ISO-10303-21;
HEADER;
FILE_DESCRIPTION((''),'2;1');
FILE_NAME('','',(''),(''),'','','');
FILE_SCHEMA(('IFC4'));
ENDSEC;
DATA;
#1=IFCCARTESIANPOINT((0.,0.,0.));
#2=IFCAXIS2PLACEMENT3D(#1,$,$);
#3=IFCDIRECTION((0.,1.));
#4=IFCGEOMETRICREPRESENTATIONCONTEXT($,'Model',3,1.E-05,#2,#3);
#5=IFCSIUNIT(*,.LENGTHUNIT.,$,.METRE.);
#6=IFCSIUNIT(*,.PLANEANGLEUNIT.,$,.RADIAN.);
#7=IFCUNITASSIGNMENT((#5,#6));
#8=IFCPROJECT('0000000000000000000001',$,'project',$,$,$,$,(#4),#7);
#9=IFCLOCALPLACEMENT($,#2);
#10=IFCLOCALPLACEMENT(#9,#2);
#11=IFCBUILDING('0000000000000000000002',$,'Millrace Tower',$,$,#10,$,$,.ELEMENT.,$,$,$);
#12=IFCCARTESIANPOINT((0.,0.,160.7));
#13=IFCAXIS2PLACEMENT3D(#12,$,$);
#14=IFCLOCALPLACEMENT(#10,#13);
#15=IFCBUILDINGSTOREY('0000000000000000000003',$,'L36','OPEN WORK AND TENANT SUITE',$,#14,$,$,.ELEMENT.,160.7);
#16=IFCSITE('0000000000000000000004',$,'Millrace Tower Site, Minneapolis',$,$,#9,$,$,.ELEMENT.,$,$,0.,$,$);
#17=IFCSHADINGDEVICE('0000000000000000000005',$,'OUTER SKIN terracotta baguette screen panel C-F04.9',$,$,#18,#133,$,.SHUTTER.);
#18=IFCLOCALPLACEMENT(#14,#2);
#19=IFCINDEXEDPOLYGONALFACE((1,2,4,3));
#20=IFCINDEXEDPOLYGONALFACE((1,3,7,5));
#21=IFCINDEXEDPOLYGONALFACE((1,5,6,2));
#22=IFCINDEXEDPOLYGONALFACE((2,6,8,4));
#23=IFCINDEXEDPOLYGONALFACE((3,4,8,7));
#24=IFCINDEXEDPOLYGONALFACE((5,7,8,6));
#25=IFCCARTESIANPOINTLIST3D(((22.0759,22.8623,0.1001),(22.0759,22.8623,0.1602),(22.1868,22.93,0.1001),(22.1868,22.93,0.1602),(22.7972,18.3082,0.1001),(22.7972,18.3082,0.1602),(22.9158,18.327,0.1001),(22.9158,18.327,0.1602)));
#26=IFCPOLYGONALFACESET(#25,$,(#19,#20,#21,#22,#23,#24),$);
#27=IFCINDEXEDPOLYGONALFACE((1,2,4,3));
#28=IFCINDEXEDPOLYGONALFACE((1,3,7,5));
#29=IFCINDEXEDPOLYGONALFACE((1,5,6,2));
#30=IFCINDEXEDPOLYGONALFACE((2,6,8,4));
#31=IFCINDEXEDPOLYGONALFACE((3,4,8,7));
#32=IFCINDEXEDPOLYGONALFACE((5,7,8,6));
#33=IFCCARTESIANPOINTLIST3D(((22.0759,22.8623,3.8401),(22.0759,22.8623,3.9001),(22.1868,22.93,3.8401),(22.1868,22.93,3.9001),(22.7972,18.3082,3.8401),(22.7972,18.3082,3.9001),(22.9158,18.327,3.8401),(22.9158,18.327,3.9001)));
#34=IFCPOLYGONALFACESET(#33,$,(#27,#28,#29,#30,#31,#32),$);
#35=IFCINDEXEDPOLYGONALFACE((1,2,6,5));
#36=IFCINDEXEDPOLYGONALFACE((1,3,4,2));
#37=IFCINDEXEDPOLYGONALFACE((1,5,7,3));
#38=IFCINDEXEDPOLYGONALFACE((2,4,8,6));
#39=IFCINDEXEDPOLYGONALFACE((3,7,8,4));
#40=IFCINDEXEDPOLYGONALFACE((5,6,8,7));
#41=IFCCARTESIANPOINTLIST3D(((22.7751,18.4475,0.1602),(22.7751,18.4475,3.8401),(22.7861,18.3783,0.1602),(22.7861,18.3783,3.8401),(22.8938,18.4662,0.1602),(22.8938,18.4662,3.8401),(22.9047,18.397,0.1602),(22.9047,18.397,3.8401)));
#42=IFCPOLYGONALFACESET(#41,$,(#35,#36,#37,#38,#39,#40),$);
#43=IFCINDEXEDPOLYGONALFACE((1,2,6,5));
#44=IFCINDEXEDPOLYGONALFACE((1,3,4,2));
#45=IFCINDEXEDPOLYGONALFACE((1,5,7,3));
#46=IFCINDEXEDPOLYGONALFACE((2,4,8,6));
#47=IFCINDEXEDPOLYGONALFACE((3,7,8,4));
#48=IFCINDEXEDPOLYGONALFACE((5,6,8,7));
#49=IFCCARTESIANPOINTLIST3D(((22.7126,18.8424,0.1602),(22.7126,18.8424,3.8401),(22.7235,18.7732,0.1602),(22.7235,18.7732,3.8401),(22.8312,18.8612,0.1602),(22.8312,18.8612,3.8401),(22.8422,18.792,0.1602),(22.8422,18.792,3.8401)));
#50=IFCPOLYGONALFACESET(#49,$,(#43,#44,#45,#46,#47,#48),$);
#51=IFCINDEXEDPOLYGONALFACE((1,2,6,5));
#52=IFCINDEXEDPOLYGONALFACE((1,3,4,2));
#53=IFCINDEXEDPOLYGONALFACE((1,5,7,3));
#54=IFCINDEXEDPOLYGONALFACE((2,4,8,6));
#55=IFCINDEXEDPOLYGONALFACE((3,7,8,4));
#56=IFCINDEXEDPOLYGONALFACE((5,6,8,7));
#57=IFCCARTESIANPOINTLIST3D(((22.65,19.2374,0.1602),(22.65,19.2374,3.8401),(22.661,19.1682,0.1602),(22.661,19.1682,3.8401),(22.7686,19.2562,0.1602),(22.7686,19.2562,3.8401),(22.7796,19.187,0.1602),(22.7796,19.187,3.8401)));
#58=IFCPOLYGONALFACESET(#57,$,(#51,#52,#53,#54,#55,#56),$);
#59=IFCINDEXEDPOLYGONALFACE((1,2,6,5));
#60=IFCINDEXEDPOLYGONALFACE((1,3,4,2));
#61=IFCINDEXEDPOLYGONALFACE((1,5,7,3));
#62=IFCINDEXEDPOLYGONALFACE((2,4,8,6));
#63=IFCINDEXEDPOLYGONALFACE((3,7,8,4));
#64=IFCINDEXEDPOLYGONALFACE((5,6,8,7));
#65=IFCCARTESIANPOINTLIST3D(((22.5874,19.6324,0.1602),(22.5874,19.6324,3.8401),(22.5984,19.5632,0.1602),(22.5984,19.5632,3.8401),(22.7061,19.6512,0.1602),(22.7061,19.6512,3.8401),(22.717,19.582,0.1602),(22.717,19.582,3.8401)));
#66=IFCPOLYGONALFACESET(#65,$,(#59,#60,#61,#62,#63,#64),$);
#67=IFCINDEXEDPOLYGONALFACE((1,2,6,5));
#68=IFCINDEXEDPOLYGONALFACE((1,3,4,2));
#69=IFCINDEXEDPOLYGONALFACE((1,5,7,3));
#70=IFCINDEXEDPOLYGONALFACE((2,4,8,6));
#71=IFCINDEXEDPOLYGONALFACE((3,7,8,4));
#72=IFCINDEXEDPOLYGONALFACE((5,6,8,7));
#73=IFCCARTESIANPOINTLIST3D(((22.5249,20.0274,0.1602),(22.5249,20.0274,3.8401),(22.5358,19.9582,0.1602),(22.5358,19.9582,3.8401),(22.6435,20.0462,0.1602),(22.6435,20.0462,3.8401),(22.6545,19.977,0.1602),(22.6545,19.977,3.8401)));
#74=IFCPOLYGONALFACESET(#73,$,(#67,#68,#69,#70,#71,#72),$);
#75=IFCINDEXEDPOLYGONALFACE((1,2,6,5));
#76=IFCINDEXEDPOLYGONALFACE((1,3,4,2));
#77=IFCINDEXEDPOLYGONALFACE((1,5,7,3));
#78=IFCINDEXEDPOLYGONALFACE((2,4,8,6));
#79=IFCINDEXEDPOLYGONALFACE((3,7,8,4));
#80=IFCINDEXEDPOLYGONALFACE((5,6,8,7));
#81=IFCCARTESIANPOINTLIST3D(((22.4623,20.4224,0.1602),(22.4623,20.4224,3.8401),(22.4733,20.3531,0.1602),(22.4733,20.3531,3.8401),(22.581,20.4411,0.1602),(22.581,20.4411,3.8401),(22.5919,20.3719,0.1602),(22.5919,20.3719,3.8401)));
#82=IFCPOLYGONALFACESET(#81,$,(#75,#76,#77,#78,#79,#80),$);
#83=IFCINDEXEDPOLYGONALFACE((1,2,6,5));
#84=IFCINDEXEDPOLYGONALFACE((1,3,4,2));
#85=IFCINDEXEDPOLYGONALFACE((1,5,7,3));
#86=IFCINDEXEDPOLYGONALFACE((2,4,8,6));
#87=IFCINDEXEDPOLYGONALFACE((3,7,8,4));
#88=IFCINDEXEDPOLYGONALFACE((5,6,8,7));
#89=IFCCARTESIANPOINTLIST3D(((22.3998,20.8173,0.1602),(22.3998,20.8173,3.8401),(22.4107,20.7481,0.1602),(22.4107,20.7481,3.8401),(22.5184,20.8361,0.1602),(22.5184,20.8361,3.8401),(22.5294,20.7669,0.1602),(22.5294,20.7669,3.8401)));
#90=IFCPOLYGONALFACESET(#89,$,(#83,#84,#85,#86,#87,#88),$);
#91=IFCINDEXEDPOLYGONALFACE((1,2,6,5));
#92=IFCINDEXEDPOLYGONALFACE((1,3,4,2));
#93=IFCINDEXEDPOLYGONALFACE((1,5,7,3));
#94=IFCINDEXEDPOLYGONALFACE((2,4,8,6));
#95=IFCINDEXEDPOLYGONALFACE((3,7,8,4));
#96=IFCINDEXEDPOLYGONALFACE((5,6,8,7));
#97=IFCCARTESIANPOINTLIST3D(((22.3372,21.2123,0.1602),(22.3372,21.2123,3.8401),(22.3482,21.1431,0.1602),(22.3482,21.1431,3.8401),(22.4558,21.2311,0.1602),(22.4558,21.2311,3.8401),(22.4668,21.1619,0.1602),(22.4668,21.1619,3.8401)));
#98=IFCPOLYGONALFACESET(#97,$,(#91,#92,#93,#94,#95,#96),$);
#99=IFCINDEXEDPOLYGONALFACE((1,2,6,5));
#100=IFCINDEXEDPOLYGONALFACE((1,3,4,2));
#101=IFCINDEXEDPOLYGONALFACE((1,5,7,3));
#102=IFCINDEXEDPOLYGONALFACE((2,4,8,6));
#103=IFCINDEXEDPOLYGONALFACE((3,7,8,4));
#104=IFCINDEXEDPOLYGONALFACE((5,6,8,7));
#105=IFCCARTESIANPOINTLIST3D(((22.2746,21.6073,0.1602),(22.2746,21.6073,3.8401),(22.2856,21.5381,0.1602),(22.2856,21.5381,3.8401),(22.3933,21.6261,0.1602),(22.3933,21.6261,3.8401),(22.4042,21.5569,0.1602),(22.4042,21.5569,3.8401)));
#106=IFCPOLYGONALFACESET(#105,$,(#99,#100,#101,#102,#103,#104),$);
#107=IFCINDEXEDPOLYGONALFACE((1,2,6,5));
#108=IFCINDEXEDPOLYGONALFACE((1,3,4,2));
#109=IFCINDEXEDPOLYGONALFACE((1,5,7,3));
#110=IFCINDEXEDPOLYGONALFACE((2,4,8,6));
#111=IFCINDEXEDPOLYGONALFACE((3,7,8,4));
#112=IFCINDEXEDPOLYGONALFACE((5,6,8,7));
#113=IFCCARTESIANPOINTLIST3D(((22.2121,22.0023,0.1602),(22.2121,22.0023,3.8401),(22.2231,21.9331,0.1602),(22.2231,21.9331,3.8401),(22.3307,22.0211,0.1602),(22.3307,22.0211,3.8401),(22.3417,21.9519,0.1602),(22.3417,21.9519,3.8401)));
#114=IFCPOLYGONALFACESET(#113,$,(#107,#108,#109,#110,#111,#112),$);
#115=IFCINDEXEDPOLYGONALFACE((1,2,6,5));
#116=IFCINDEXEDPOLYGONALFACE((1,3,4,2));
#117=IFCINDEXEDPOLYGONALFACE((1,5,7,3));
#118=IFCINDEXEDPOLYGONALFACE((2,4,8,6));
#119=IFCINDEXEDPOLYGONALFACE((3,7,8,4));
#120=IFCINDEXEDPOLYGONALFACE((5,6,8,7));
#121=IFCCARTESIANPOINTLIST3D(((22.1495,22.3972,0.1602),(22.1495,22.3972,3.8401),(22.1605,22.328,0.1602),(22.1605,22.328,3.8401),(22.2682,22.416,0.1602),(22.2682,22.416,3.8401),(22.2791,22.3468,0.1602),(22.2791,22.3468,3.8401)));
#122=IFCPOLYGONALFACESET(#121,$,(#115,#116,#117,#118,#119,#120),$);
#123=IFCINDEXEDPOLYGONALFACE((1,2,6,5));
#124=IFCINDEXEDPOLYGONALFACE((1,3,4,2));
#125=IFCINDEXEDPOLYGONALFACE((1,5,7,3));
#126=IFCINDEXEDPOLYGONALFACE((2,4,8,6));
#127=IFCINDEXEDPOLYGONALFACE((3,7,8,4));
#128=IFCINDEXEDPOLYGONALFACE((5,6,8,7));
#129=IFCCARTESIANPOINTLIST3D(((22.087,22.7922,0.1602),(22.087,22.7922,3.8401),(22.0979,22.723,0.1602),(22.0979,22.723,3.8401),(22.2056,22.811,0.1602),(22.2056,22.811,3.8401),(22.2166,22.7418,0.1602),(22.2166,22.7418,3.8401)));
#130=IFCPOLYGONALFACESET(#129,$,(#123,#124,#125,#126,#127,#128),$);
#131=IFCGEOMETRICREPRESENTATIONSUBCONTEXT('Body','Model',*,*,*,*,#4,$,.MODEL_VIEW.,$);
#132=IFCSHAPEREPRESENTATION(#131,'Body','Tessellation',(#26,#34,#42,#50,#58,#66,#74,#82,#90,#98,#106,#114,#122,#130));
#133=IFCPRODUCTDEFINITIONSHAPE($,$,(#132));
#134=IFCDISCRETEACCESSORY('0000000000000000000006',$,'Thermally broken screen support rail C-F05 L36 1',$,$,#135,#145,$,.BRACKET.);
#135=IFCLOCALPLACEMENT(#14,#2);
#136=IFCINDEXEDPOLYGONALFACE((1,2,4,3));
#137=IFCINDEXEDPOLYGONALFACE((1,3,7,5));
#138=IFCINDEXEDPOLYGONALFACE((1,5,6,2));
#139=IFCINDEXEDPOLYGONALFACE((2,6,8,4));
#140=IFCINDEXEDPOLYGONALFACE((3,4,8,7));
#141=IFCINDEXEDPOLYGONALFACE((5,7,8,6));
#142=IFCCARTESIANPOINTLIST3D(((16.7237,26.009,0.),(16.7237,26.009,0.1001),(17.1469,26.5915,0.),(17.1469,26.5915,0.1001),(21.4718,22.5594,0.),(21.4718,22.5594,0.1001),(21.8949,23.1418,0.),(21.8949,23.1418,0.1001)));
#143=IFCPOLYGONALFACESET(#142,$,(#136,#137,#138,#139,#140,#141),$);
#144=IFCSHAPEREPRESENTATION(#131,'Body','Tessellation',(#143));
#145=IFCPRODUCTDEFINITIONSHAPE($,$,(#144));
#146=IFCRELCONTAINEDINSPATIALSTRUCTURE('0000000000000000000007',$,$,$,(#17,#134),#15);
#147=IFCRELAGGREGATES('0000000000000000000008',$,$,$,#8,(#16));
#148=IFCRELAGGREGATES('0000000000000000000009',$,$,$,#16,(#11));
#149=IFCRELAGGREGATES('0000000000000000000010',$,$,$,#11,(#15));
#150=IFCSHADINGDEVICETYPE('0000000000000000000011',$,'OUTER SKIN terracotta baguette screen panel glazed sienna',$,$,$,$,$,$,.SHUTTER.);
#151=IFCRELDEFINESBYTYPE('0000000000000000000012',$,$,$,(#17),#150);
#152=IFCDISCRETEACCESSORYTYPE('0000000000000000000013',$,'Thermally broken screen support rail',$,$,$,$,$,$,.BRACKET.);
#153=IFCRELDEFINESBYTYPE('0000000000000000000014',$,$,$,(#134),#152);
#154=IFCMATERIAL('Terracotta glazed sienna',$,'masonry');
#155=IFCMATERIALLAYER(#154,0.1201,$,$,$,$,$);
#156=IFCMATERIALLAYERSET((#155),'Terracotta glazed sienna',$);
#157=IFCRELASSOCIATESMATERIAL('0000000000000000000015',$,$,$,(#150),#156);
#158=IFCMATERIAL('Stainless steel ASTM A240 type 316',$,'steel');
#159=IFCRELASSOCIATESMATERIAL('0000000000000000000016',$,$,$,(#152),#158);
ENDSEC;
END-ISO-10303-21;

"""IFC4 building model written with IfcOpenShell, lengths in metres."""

from ifc_helpers import new_model, entity, si_unit, direction, frame, frame_2d, origin, origin_2d, place, context, subcontext, project, spatial, rectangle, extrude, source, transform, mapped, material, layer, layer_set, type_object, element, save


model = new_model("IFC4")

# Units and contexts
model_context = context("Model", 3, precision=1e-05, world=origin(), true_north=direction((0.0, 1.0)))
body_context = subcontext(model_context, "Body", "Model", "MODEL_VIEW")
ifc_project = project(units=[si_unit("LENGTHUNIT", "METRE"), si_unit("PLANEANGLEUNIT", "RADIAN")], contexts=[model_context])

# Site, building, storey
site_placement = place(None, origin())
site = spatial("IfcSite", under=ifc_project, at=site_placement, Name="Millrace Tower Site, Minneapolis", CompositionType="ELEMENT", RefElevation=0.0)
building_placement = place(site_placement, origin())
building = spatial("IfcBuilding", under=site, at=building_placement, Name="Millrace Tower", CompositionType="ELEMENT")
storey_placement = place(building_placement, frame((0.0, 0.0, 160.7)))
storey = spatial("IfcBuildingStorey", under=building, at=storey_placement, Name="L36", Description="OPEN WORK AND TENANT SUITE", CompositionType="ELEMENT", Elevation=160.7)

# Shading device
ifc_material_1 = material(Name="Terracotta glazed sienna", Category="masonry")
ifc_layer_1 = layer(ifc_material_1, 0.1201)
ifc_layer_set_1 = layer_set([ifc_layer_1], Name="Terracotta glazed sienna")
shading_device_type = type_object("IfcShadingDeviceType", Name="OUTER SKIN terracotta baguette screen panel glazed sienna", PredefinedType="SHUTTER", material=ifc_layer_set_1)
cartesian_point_1 = entity("IfcCartesianPoint", [-2.3179, 0.0601])
shared_polyline_1 = entity("IfcPolyline", [cartesian_point_1, entity("IfcCartesianPoint", [2.293, 0.0601]), entity("IfcCartesianPoint", [2.3425, -0.0601]), entity("IfcCartesianPoint", [-2.3179, -0.0601]), cartesian_point_1])
shared_shape_1 = source(origin(), body_context, "Body", "SweptSolid", [
    entity("IfcExtrudedAreaSolid", entity("IfcArbitraryClosedProfileDef", "AREA", None, shared_polyline_1), entity("IfcAxis2Placement3D", entity("IfcCartesianPoint", [0.0, 0.0, 0.0])), entity("IfcDirection", [0.0, 0.0, 1.0]), 0.0601),
    entity("IfcExtrudedAreaSolid", entity("IfcArbitraryClosedProfileDef", "AREA", None, shared_polyline_1), entity("IfcAxis2Placement3D", entity("IfcCartesianPoint", [0.0, 0.0, 3.74])), entity("IfcDirection", [0.0, 0.0, 1.0]), 0.0601),
    extrude(rectangle(XDim=0.0701, YDim=0.1201, at=frame_2d((-2.2119, 0.0))), frame((0.0, 0.0, 0.0601)), (0.0, 0.0, 1.0), 3.6799),
    extrude(rectangle(XDim=0.0701, YDim=0.1201, at=frame_2d((-1.812, 0.0))), frame((0.0, 0.0, 0.0601)), (0.0, 0.0, 1.0), 3.6799),
    extrude(rectangle(XDim=0.0701, YDim=0.1201, at=frame_2d((-1.4121, 0.0))), frame((0.0, 0.0, 0.0601)), (0.0, 0.0, 1.0), 3.6799),
    extrude(rectangle(XDim=0.0701, YDim=0.1201, at=frame_2d((-1.0122, 0.0))), frame((0.0, 0.0, 0.0601)), (0.0, 0.0, 1.0), 3.6799),
    extrude(rectangle(XDim=0.0701, YDim=0.1201, at=frame_2d((-0.6123, 0.0))), frame((0.0, 0.0, 0.0601)), (0.0, 0.0, 1.0), 3.6799),
    extrude(rectangle(XDim=0.0701, YDim=0.1201, at=frame_2d((-0.2124, 0.0))), frame((0.0, 0.0, 0.0601)), (0.0, 0.0, 1.0), 3.6799),
    extrude(rectangle(XDim=0.0701, YDim=0.1201, at=frame_2d((0.1875, 0.0))), frame((0.0, 0.0, 0.0601)), (0.0, 0.0, 1.0), 3.6799),
    extrude(rectangle(XDim=0.0701, YDim=0.1201, at=frame_2d((0.5874, 0.0))), frame((0.0, 0.0, 0.0601)), (0.0, 0.0, 1.0), 3.6799),
    extrude(rectangle(XDim=0.0701, YDim=0.1201, at=frame_2d((0.9873, 0.0))), frame((0.0, 0.0, 0.0601)), (0.0, 0.0, 1.0), 3.6799),
    extrude(rectangle(XDim=0.0701, YDim=0.1201, at=frame_2d((1.3872, 0.0))), frame((0.0, 0.0, 0.0601)), (0.0, 0.0, 1.0), 3.6799),
    extrude(rectangle(XDim=0.0701, YDim=0.1201, at=frame_2d((1.7871, 0.0))), frame((0.0, 0.0, 0.0601)), (0.0, 0.0, 1.0), 3.6799),
    extrude(rectangle(XDim=0.0701, YDim=0.1201, at=frame_2d((2.187, 0.0))), frame((0.0, 0.0, 0.0601)), (0.0, 0.0, 1.0), 3.6799),
])
shading_device_1_placement = place(storey_placement, frame((22.4939, 20.6069, 0.1001), z_axis=(0.0, 0.0, 1.0), x_axis=(-0.156434, 0.987688, 0.0)))
element("IfcShadingDevice", 1, at=shading_device_1_placement, inside=storey, type_object=shading_device_type, Name="OUTER SKIN terracotta baguette screen panel C-F04.9", PredefinedType="SHUTTER", context=body_context, shape_type="MappedRepresentation", body=[
    mapped(shared_shape_1, transform((0.0, 0.0, 0.0), scale=1.0)),
])

# Discrete accessory
ifc_material_2 = material(Name="Stainless steel ASTM A240 type 316", Category="steel")
discrete_accessory_type = type_object("IfcDiscreteAccessoryType", Name="Thermally broken screen support rail", PredefinedType="BRACKET", material=ifc_material_2)
discrete_accessory_placement = place(storey_placement, frame((19.3093, 24.5754, 0.0), z_axis=(0.0, 0.0, 1.0), x_axis=(-0.809017, 0.587785, 0.0)))
element("IfcDiscreteAccessory", 2, at=discrete_accessory_placement, inside=storey, type_object=discrete_accessory_type, Name="Thermally broken screen support rail C-F05 L36 1", PredefinedType="BRACKET", context=body_context, shape_type="SweptSolid", body=[
    extrude(rectangle(XDim=5.8689, YDim=0.72, at=origin_2d()), origin(), (0.0, 0.0, 1.0), 0.1001),
])

save(model, "model.ifc")
